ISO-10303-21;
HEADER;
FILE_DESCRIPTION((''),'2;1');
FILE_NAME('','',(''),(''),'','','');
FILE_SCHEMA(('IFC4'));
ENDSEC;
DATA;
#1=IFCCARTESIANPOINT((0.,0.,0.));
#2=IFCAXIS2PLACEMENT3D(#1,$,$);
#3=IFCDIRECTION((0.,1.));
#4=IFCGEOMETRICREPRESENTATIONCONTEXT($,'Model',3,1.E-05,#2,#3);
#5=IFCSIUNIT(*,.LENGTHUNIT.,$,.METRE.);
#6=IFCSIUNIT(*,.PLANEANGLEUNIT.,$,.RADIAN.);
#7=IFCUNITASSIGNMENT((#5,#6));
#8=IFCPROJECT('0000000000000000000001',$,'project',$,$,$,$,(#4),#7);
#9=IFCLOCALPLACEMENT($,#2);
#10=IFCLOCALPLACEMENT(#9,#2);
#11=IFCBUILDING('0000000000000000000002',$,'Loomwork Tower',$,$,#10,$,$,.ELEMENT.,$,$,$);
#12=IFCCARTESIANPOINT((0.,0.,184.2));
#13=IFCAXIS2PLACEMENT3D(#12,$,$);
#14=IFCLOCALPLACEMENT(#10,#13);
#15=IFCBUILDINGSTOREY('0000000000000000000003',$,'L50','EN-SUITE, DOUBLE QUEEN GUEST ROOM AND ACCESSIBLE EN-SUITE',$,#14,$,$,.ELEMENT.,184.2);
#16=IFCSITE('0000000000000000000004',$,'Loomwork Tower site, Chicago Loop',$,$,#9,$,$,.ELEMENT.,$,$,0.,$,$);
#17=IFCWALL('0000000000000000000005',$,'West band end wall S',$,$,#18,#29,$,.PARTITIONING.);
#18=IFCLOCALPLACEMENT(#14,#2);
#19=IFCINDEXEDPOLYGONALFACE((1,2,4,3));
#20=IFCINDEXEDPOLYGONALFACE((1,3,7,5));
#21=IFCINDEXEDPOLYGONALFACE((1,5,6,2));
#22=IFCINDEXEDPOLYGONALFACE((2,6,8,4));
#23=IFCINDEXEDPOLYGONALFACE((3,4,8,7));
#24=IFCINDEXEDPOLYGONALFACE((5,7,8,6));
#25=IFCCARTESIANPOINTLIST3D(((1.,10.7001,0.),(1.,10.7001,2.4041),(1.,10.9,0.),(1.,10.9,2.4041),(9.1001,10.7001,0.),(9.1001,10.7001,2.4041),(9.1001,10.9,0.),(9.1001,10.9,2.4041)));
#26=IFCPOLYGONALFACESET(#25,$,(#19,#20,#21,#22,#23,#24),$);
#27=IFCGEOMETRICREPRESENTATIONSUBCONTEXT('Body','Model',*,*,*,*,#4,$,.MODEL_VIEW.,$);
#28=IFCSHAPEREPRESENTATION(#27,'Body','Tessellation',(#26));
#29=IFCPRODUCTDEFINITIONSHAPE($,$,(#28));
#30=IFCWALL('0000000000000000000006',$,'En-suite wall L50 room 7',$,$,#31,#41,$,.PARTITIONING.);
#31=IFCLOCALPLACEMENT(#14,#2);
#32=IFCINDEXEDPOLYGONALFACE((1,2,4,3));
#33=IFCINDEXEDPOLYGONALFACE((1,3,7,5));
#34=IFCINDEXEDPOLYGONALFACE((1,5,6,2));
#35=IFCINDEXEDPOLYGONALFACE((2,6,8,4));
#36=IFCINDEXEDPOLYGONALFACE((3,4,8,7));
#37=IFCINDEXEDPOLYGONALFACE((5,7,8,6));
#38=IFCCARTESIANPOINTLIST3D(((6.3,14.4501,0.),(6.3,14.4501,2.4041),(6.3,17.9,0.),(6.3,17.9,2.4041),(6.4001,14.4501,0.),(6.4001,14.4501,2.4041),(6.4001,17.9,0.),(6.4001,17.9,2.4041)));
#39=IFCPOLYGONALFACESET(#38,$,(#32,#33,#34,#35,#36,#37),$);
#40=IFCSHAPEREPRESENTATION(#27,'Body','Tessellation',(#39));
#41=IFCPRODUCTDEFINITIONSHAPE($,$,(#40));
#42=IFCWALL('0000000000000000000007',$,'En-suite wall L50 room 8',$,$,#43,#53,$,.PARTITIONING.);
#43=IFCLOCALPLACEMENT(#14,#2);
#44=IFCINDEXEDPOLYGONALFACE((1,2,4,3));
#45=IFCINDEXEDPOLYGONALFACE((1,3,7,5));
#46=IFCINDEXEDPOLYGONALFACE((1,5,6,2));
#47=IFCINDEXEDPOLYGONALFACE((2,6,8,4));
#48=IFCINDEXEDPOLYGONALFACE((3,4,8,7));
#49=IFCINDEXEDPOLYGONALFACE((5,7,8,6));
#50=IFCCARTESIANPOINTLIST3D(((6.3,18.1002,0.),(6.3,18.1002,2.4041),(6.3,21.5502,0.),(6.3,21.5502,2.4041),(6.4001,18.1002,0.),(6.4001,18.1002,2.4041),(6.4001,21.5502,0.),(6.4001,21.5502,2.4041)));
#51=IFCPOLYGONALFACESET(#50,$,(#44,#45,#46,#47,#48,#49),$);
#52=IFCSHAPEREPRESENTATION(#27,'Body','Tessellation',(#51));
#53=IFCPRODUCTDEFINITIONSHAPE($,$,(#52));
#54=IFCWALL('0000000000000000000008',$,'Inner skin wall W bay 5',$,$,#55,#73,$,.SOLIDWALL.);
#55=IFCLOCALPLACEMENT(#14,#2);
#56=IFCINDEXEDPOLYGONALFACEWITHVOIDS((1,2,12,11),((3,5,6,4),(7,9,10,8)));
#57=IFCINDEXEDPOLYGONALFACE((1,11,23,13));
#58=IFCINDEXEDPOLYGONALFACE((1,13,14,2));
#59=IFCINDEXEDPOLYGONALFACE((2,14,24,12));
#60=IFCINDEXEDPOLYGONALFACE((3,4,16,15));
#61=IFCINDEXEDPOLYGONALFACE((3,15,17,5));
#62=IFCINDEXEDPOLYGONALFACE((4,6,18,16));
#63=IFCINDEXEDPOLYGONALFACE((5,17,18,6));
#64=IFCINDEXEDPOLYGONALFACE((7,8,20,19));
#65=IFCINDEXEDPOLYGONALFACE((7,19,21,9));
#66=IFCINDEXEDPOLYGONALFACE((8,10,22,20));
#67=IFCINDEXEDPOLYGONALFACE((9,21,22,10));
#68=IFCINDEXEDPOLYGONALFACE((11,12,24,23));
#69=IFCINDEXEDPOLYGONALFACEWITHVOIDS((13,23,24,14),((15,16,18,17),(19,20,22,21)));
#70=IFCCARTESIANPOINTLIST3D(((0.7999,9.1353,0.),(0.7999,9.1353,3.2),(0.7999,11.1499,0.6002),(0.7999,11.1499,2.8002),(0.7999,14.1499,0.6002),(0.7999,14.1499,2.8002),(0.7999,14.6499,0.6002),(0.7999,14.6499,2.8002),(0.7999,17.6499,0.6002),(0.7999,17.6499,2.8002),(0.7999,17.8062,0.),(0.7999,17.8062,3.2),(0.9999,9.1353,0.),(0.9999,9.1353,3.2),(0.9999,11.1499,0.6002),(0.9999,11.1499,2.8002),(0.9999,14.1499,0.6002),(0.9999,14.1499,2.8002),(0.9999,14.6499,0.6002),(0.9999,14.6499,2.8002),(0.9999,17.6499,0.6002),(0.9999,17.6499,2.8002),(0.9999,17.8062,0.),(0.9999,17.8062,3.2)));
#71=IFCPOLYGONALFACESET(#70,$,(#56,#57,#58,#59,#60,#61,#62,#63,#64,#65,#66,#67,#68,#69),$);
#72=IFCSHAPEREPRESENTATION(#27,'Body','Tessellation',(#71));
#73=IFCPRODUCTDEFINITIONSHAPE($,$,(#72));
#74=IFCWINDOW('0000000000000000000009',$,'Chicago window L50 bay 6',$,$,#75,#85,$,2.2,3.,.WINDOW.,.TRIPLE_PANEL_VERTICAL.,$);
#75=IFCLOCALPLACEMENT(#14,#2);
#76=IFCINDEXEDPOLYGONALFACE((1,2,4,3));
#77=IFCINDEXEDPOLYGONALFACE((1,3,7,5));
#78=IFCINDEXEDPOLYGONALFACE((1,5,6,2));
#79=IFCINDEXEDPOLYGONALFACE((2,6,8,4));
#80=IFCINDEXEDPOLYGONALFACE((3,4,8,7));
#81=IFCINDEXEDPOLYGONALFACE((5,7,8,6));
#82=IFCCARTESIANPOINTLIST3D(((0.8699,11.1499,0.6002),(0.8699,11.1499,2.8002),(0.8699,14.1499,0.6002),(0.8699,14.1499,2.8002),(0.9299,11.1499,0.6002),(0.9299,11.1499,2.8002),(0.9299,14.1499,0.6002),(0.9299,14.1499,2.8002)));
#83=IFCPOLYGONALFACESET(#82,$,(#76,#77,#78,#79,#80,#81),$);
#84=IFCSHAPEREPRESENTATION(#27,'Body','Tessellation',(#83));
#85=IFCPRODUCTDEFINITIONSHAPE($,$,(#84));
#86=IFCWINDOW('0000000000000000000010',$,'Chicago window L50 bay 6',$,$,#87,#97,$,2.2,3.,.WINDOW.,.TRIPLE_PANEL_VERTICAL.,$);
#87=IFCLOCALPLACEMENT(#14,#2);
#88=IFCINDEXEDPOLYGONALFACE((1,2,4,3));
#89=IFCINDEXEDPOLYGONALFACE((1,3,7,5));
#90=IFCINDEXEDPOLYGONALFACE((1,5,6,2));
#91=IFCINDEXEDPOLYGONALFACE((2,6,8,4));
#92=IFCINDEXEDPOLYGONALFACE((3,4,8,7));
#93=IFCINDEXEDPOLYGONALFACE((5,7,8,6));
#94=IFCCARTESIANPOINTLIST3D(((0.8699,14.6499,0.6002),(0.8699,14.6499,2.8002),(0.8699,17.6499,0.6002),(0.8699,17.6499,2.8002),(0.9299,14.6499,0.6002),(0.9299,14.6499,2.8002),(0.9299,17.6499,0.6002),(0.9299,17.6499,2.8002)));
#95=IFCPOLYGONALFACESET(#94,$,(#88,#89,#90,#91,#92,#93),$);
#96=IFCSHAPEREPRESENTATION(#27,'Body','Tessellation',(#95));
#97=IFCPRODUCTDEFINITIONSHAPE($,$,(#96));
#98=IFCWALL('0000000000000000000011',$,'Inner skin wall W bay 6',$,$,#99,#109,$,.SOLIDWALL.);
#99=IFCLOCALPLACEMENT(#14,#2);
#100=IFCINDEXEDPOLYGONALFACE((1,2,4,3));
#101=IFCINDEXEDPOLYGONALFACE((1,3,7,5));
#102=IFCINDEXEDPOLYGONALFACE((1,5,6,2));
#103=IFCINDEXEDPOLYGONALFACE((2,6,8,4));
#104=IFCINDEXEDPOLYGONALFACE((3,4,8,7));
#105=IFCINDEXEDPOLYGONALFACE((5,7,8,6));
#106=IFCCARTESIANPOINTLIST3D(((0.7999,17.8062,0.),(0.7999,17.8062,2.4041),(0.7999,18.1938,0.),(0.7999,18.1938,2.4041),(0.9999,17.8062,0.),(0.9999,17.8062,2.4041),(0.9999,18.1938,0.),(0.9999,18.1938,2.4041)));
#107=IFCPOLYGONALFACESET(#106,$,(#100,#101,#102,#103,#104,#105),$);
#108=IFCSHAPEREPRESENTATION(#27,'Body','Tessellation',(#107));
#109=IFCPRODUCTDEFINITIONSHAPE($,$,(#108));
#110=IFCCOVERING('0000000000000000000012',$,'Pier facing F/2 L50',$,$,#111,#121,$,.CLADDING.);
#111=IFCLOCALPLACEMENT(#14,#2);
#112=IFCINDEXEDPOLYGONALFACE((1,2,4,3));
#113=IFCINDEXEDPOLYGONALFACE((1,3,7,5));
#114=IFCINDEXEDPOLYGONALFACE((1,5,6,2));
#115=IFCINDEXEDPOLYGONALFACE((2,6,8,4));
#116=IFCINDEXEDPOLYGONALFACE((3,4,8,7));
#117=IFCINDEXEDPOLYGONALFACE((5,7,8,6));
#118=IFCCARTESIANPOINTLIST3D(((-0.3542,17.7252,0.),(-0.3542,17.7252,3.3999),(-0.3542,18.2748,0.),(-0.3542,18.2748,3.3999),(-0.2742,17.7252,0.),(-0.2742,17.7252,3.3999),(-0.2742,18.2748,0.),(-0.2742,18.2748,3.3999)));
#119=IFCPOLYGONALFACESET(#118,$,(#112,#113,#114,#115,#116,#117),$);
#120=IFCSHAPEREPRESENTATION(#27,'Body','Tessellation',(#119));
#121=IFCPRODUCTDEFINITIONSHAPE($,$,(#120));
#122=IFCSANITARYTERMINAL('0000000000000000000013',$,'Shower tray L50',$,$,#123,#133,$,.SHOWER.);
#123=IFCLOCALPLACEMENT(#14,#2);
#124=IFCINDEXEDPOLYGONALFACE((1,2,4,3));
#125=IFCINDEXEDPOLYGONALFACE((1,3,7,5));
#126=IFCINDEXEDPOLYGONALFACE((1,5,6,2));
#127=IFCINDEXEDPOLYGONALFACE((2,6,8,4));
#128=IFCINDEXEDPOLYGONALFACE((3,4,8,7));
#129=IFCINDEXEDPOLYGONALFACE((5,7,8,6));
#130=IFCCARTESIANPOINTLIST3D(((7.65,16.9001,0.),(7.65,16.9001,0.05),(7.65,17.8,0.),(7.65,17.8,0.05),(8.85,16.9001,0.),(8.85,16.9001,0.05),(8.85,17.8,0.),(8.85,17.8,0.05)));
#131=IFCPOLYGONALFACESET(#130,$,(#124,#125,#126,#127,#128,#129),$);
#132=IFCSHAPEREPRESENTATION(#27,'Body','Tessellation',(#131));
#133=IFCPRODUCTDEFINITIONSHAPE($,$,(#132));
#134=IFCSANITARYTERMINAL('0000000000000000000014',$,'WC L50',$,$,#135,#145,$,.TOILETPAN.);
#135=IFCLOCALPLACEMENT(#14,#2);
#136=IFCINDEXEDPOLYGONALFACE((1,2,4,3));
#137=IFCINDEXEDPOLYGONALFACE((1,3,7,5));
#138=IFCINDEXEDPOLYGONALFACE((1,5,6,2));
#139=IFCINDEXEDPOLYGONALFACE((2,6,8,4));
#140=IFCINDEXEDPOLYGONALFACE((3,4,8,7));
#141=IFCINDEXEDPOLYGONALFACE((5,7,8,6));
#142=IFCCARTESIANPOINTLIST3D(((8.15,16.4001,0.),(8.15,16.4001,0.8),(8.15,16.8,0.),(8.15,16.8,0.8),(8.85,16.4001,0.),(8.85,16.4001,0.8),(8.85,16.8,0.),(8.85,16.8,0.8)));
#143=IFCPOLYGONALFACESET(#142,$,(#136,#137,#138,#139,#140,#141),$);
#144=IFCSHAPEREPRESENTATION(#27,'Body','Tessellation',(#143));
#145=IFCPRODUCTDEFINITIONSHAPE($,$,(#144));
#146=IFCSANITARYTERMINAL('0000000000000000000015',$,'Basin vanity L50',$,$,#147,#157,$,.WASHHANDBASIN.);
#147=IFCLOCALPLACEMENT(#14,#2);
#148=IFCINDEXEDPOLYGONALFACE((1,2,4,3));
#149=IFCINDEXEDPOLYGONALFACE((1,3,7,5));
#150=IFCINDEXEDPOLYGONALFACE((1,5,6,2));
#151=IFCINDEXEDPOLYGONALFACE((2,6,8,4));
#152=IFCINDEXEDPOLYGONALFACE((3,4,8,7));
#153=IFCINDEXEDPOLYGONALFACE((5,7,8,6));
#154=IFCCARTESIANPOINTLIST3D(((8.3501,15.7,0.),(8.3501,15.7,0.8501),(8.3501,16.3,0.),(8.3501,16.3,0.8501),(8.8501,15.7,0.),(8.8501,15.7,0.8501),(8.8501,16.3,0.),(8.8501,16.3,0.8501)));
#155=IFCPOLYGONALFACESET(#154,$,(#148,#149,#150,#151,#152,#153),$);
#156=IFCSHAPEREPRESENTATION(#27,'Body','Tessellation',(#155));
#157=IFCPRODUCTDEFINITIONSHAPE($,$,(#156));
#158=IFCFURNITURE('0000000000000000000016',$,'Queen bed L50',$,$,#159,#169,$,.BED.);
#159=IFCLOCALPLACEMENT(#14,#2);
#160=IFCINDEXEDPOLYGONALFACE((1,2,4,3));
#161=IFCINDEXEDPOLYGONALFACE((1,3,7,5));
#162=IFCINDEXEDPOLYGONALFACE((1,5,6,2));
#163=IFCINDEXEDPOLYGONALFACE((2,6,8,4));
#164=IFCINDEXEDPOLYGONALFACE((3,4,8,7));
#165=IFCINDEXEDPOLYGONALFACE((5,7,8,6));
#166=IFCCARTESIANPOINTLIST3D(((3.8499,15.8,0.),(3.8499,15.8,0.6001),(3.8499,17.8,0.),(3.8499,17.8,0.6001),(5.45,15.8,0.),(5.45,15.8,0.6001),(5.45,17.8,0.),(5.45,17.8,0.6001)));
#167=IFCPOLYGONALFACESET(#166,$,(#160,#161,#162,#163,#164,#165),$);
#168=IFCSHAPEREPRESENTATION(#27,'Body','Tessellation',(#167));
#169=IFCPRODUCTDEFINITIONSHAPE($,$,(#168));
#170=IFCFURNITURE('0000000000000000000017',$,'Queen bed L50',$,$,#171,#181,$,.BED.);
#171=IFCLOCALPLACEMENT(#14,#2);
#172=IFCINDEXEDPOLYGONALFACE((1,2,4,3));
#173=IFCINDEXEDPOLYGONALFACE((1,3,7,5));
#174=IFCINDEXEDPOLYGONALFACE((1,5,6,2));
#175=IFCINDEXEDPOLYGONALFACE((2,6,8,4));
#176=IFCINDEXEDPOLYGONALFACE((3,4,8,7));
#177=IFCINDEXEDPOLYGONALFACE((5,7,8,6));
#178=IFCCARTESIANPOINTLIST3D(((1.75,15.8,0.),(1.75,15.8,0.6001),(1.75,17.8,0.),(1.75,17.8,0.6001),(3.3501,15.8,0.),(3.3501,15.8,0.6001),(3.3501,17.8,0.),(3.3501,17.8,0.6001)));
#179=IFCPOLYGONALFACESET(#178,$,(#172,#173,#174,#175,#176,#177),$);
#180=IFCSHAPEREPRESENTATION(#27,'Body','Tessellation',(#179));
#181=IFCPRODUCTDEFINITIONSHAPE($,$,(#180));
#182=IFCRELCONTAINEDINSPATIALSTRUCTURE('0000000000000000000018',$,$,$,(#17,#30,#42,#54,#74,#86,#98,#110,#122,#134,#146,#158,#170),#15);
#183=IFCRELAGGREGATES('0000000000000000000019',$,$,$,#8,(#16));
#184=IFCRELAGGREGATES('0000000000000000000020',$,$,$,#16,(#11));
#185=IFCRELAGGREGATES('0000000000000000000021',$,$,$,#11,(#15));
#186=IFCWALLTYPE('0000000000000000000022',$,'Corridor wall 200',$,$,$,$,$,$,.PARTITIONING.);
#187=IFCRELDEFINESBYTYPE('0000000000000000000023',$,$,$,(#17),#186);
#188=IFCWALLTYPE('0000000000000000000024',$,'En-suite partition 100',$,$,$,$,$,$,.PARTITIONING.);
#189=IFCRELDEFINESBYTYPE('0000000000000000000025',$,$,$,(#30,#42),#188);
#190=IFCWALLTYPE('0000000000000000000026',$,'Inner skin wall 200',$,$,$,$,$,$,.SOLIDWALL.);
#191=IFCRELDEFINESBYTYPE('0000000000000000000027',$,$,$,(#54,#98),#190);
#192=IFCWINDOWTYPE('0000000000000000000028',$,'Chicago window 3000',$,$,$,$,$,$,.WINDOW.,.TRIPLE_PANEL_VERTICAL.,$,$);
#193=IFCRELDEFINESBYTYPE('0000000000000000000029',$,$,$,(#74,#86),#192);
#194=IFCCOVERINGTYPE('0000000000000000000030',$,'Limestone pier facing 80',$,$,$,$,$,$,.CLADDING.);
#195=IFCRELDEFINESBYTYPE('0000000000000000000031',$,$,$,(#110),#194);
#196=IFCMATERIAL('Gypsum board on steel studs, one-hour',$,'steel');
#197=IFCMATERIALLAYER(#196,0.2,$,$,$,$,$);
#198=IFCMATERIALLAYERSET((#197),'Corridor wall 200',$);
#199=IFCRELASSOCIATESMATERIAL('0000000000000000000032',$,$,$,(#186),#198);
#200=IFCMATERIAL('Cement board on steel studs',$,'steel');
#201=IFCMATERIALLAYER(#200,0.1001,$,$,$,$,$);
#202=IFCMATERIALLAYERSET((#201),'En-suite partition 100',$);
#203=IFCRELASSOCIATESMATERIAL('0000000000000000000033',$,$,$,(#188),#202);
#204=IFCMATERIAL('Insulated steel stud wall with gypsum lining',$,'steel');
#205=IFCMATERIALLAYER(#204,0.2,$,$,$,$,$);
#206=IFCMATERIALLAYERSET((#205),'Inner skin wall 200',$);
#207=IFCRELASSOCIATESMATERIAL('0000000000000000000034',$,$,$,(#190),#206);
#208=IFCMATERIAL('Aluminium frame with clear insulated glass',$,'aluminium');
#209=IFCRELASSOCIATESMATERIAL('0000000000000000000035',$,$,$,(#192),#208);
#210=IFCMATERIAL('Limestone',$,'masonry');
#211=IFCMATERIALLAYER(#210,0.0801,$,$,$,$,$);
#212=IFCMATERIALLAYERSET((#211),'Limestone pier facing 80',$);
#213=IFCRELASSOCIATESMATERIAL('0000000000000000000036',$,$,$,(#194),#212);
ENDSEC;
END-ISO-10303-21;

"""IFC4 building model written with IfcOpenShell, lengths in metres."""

from ifc_helpers import new_model, si_unit, direction, frame, frame_2d, origin, origin_2d, place, context, subcontext, project, spatial, rectangle, extrude, material, layer, layer_set, type_object, element, fill, save


model = new_model("IFC4")

# Units and contexts
model_context = context("Model", 3, precision=1e-05, world=origin(), true_north=direction((0.0, 1.0)))
body_context = subcontext(model_context, "Body", "Model", "MODEL_VIEW")
ifc_project = project(units=[si_unit("LENGTHUNIT", "METRE"), si_unit("PLANEANGLEUNIT", "RADIAN")], contexts=[model_context])

# Site, building, storey
site_placement = place(None, origin())
site = spatial("IfcSite", under=ifc_project, at=site_placement, Name="Loomwork Tower site, Chicago Loop", CompositionType="ELEMENT", RefElevation=0.0)
building_placement = place(site_placement, origin())
building = spatial("IfcBuilding", under=site, at=building_placement, Name="Loomwork Tower", CompositionType="ELEMENT")
storey_placement = place(building_placement, frame((0.0, 0.0, 184.2)))
storey = spatial("IfcBuildingStorey", under=building, at=storey_placement, Name="L50", Description="EN-SUITE, DOUBLE QUEEN GUEST ROOM AND ACCESSIBLE EN-SUITE", CompositionType="ELEMENT", Elevation=184.2)

# Walls
ifc_material_1 = material(Name="Gypsum board on steel studs, one-hour", Category="steel")
ifc_layer_1 = layer(ifc_material_1, 0.2)
ifc_layer_set_1 = layer_set([ifc_layer_1], Name="Corridor wall 200")
wall_type_1 = type_object("IfcWallType", Name="Corridor wall 200", PredefinedType="PARTITIONING", material=ifc_layer_set_1)
wall_1_placement = place(storey_placement, frame((1.0, 10.8, 0.0), z_axis=(0.0, 0.0, 1.0), x_axis=(1.0, 0.0, 0.0)))
element("IfcWall", 1, at=wall_1_placement, inside=storey, type_object=wall_type_1, Name="West band end wall S", PredefinedType="PARTITIONING", context=body_context, shape_type="SweptSolid", body=[
    extrude(rectangle(XDim=8.1001, YDim=0.2, at=frame_2d((4.05, 0.0))), origin(), (0.0, 0.0, 1.0), 2.4041),
])
ifc_material_2 = material(Name="Cement board on steel studs", Category="steel")
ifc_layer_2 = layer(ifc_material_2, 0.1001)
ifc_layer_set_2 = layer_set([ifc_layer_2], Name="En-suite partition 100")
wall_type_2 = type_object("IfcWallType", Name="En-suite partition 100", PredefinedType="PARTITIONING", material=ifc_layer_set_2)
for number, where, z_axis, x_axis, name in (
    (2, (6.3501, 14.45, 0.0), (0.0, 0.0, 1.0), (0.0, 1.0, 0.0), "En-suite wall L50 room 7"),
    (3, (6.3501, 18.1001, 0.0), (0.0, 0.0, 1.0), (0.0, 1.0, 0.0), "En-suite wall L50 room 8"),
):
    element("IfcWall", number, at=place(storey_placement, frame(where, z_axis=z_axis, x_axis=x_axis)), inside=storey, type_object=wall_type_2, Name=name, PredefinedType="PARTITIONING", context=body_context, shape_type="SweptSolid", body=[
        extrude(rectangle(XDim=3.45, YDim=0.1001, at=frame_2d((1.7251, 0.0))), origin(), (0.0, 0.0, 1.0), 2.4041),
    ])

# Wall, openings, windows
ifc_material_3 = material(Name="Insulated steel stud wall with gypsum lining", Category="steel")
ifc_layer_3 = layer(ifc_material_3, 0.2)
ifc_layer_set_3 = layer_set([ifc_layer_3], Name="Inner skin wall 200")
wall_type_3 = type_object("IfcWallType", Name="Inner skin wall 200", PredefinedType="SOLIDWALL", material=ifc_layer_set_3)
wall_2_placement = place(storey_placement, frame((0.8999, 9.1353, 0.0), z_axis=(0.0, 0.0, 1.0), x_axis=(0.0, 1.0, 0.0)))
wall_2 = element("IfcWall", 4, at=wall_2_placement, inside=storey, type_object=wall_type_3, Name="Inner skin wall W bay 5", PredefinedType="SOLIDWALL", context=body_context, shape_type="SweptSolid", body=[
    extrude(rectangle(XDim=8.6709, YDim=0.2, at=frame_2d((4.3354, 0.0))), origin(), (0.0, 0.0, 1.0), 3.2),
])
opening_1_placement = place(wall_2_placement, frame((2.0146, 0.0, 0.6001)))
opening_1 = element("IfcOpeningElement", 5, at=opening_1_placement, cuts=wall_2, PredefinedType="OPENING", context=body_context, shape_type="SweptSolid", body=[
    extrude(rectangle(XDim=3.0, YDim=2.2, at=frame_2d((1.5, 1.1001))), frame((0.0, 0.1099, 0.0), z_axis=(0.0, -1.0, 0.0), x_axis=(1.0, 0.0, 0.0)), (0.0, 0.0, 1.0), 0.22),
])
opening_2_placement = place(wall_2_placement, frame((5.5146, 0.0, 0.6001)))
opening_2 = element("IfcOpeningElement", 6, at=opening_2_placement, cuts=wall_2, PredefinedType="OPENING", context=body_context, shape_type="SweptSolid", body=[
    extrude(rectangle(XDim=3.0, YDim=2.2, at=frame_2d((1.5, 1.1001))), frame((0.0, 0.1099, 0.0), z_axis=(0.0, -1.0, 0.0), x_axis=(1.0, 0.0, 0.0)), (0.0, 0.0, 1.0), 0.22),
])
ifc_material_4 = material(Name="Aluminium frame with clear insulated glass", Category="aluminium")
window_type = type_object("IfcWindowType", Name="Chicago window 3000", PartitioningType="TRIPLE_PANEL_VERTICAL", PredefinedType="WINDOW", material=ifc_material_4)
window_1_placement = place(opening_1_placement, origin())
window_1 = element("IfcWindow", 7, at=window_1_placement, inside=storey, type_object=window_type, Name="Chicago window L50 bay 6", OverallHeight=2.2, OverallWidth=3.0, PartitioningType="TRIPLE_PANEL_VERTICAL", PredefinedType="WINDOW", context=body_context, shape_type="SweptSolid", body=[
    extrude(rectangle(XDim=3.0, YDim=2.2, at=frame_2d((1.5, 1.1001))), frame((0.0, 0.03, 0.0), z_axis=(0.0, -1.0, 0.0), x_axis=(1.0, 0.0, 0.0)), (0.0, 0.0, 1.0), 0.0601),
])
fill(opening_1, window_1)
window_2_placement = place(opening_2_placement, origin())
window_2 = element("IfcWindow", 8, at=window_2_placement, inside=storey, type_object=window_type, Name="Chicago window L50 bay 6", OverallHeight=2.2, OverallWidth=3.0, PartitioningType="TRIPLE_PANEL_VERTICAL", PredefinedType="WINDOW", context=body_context, shape_type="SweptSolid", body=[
    extrude(rectangle(XDim=3.0, YDim=2.2, at=frame_2d((1.5, 1.1001))), frame((0.0, 0.03, 0.0), z_axis=(0.0, -1.0, 0.0), x_axis=(1.0, 0.0, 0.0)), (0.0, 0.0, 1.0), 0.0601),
])
fill(opening_2, window_2)

# Wall
wall_3_placement = place(storey_placement, frame((0.8999, 17.8062, 0.0), z_axis=(0.0, 0.0, 1.0), x_axis=(0.0, 1.0, 0.0)))
element("IfcWall", 9, at=wall_3_placement, inside=storey, type_object=wall_type_3, Name="Inner skin wall W bay 6", PredefinedType="SOLIDWALL", context=body_context, shape_type="SweptSolid", body=[
    extrude(rectangle(XDim=0.3877, YDim=0.2, at=frame_2d((0.1938, 0.0))), origin(), (0.0, 0.0, 1.0), 2.4041),
])

# Covering
ifc_material_5 = material(Name="Limestone", Category="masonry")
ifc_layer_4 = layer(ifc_material_5, 0.0801)
ifc_layer_set_4 = layer_set([ifc_layer_4], Name="Limestone pier facing 80")
covering_type = type_object("IfcCoveringType", Name="Limestone pier facing 80", PredefinedType="CLADDING", material=ifc_layer_set_4)
covering_placement = place(storey_placement, frame((-0.3142, 18.0, 0.0), z_axis=(0.0, 0.0, 1.0), x_axis=(1.0, 0.0, 0.0)))
element("IfcCovering", 10, at=covering_placement, inside=storey, type_object=covering_type, Name="Pier facing F/2 L50", PredefinedType="CLADDING", context=body_context, shape_type="SweptSolid", body=[
    extrude(rectangle(XDim=0.0801, YDim=0.5496, at=origin_2d()), origin(), (0.0, 0.0, 1.0), 3.3999),
])

# Sanitary terminals
sanitary_terminal_1_placement = place(storey_placement, frame((8.25, 17.3501, 0.0), z_axis=(0.0, 0.0, 1.0), x_axis=(1.0, 0.0, 0.0)))
element("IfcSanitaryTerminal", 11, at=sanitary_terminal_1_placement, inside=storey, Name="Shower tray L50", PredefinedType="SHOWER", context=body_context, shape_type="SweptSolid", body=[
    extrude(rectangle(XDim=1.2, YDim=0.8999, at=origin_2d()), origin(), (0.0, 0.0, 1.0), 0.05),
])
sanitary_terminal_2_placement = place(storey_placement, frame((8.5, 16.6001, 0.0), z_axis=(0.0, 0.0, 1.0), x_axis=(1.0, 0.0, 0.0)))
element("IfcSanitaryTerminal", 12, at=sanitary_terminal_2_placement, inside=storey, Name="WC L50", PredefinedType="TOILETPAN", context=body_context, shape_type="SweptSolid", body=[
    extrude(rectangle(XDim=0.7, YDim=0.3999, at=origin_2d()), origin(), (0.0, 0.0, 1.0), 0.8),
])
sanitary_terminal_3_placement = place(storey_placement, frame((8.6001, 16.0, 0.0), z_axis=(0.0, 0.0, 1.0), x_axis=(1.0, 0.0, 0.0)))
element("IfcSanitaryTerminal", 13, at=sanitary_terminal_3_placement, inside=storey, Name="Basin vanity L50", PredefinedType="WASHHANDBASIN", context=body_context, shape_type="SweptSolid", body=[
    extrude(rectangle(XDim=0.5, YDim=0.6001, at=origin_2d()), origin(), (0.0, 0.0, 1.0), 0.8501),
])

# Furniture
for number, where, z_axis, x_axis, name in (
    (14, (4.6499, 16.8, 0.0), (0.0, 0.0, 1.0), (1.0, 0.0, 0.0), "Queen bed L50"),
    (15, (2.55, 16.8, 0.0), (0.0, 0.0, 1.0), (1.0, 0.0, 0.0), "Queen bed L50"),
):
    element("IfcFurniture", number, at=place(storey_placement, frame(where, z_axis=z_axis, x_axis=x_axis)), inside=storey, Name=name, PredefinedType="BED", context=body_context, shape_type="SweptSolid", body=[
        extrude(rectangle(XDim=1.6001, YDim=2.0, at=origin_2d()), origin(), (0.0, 0.0, 1.0), 0.6001),
    ])

save(model, "model.ifc")
